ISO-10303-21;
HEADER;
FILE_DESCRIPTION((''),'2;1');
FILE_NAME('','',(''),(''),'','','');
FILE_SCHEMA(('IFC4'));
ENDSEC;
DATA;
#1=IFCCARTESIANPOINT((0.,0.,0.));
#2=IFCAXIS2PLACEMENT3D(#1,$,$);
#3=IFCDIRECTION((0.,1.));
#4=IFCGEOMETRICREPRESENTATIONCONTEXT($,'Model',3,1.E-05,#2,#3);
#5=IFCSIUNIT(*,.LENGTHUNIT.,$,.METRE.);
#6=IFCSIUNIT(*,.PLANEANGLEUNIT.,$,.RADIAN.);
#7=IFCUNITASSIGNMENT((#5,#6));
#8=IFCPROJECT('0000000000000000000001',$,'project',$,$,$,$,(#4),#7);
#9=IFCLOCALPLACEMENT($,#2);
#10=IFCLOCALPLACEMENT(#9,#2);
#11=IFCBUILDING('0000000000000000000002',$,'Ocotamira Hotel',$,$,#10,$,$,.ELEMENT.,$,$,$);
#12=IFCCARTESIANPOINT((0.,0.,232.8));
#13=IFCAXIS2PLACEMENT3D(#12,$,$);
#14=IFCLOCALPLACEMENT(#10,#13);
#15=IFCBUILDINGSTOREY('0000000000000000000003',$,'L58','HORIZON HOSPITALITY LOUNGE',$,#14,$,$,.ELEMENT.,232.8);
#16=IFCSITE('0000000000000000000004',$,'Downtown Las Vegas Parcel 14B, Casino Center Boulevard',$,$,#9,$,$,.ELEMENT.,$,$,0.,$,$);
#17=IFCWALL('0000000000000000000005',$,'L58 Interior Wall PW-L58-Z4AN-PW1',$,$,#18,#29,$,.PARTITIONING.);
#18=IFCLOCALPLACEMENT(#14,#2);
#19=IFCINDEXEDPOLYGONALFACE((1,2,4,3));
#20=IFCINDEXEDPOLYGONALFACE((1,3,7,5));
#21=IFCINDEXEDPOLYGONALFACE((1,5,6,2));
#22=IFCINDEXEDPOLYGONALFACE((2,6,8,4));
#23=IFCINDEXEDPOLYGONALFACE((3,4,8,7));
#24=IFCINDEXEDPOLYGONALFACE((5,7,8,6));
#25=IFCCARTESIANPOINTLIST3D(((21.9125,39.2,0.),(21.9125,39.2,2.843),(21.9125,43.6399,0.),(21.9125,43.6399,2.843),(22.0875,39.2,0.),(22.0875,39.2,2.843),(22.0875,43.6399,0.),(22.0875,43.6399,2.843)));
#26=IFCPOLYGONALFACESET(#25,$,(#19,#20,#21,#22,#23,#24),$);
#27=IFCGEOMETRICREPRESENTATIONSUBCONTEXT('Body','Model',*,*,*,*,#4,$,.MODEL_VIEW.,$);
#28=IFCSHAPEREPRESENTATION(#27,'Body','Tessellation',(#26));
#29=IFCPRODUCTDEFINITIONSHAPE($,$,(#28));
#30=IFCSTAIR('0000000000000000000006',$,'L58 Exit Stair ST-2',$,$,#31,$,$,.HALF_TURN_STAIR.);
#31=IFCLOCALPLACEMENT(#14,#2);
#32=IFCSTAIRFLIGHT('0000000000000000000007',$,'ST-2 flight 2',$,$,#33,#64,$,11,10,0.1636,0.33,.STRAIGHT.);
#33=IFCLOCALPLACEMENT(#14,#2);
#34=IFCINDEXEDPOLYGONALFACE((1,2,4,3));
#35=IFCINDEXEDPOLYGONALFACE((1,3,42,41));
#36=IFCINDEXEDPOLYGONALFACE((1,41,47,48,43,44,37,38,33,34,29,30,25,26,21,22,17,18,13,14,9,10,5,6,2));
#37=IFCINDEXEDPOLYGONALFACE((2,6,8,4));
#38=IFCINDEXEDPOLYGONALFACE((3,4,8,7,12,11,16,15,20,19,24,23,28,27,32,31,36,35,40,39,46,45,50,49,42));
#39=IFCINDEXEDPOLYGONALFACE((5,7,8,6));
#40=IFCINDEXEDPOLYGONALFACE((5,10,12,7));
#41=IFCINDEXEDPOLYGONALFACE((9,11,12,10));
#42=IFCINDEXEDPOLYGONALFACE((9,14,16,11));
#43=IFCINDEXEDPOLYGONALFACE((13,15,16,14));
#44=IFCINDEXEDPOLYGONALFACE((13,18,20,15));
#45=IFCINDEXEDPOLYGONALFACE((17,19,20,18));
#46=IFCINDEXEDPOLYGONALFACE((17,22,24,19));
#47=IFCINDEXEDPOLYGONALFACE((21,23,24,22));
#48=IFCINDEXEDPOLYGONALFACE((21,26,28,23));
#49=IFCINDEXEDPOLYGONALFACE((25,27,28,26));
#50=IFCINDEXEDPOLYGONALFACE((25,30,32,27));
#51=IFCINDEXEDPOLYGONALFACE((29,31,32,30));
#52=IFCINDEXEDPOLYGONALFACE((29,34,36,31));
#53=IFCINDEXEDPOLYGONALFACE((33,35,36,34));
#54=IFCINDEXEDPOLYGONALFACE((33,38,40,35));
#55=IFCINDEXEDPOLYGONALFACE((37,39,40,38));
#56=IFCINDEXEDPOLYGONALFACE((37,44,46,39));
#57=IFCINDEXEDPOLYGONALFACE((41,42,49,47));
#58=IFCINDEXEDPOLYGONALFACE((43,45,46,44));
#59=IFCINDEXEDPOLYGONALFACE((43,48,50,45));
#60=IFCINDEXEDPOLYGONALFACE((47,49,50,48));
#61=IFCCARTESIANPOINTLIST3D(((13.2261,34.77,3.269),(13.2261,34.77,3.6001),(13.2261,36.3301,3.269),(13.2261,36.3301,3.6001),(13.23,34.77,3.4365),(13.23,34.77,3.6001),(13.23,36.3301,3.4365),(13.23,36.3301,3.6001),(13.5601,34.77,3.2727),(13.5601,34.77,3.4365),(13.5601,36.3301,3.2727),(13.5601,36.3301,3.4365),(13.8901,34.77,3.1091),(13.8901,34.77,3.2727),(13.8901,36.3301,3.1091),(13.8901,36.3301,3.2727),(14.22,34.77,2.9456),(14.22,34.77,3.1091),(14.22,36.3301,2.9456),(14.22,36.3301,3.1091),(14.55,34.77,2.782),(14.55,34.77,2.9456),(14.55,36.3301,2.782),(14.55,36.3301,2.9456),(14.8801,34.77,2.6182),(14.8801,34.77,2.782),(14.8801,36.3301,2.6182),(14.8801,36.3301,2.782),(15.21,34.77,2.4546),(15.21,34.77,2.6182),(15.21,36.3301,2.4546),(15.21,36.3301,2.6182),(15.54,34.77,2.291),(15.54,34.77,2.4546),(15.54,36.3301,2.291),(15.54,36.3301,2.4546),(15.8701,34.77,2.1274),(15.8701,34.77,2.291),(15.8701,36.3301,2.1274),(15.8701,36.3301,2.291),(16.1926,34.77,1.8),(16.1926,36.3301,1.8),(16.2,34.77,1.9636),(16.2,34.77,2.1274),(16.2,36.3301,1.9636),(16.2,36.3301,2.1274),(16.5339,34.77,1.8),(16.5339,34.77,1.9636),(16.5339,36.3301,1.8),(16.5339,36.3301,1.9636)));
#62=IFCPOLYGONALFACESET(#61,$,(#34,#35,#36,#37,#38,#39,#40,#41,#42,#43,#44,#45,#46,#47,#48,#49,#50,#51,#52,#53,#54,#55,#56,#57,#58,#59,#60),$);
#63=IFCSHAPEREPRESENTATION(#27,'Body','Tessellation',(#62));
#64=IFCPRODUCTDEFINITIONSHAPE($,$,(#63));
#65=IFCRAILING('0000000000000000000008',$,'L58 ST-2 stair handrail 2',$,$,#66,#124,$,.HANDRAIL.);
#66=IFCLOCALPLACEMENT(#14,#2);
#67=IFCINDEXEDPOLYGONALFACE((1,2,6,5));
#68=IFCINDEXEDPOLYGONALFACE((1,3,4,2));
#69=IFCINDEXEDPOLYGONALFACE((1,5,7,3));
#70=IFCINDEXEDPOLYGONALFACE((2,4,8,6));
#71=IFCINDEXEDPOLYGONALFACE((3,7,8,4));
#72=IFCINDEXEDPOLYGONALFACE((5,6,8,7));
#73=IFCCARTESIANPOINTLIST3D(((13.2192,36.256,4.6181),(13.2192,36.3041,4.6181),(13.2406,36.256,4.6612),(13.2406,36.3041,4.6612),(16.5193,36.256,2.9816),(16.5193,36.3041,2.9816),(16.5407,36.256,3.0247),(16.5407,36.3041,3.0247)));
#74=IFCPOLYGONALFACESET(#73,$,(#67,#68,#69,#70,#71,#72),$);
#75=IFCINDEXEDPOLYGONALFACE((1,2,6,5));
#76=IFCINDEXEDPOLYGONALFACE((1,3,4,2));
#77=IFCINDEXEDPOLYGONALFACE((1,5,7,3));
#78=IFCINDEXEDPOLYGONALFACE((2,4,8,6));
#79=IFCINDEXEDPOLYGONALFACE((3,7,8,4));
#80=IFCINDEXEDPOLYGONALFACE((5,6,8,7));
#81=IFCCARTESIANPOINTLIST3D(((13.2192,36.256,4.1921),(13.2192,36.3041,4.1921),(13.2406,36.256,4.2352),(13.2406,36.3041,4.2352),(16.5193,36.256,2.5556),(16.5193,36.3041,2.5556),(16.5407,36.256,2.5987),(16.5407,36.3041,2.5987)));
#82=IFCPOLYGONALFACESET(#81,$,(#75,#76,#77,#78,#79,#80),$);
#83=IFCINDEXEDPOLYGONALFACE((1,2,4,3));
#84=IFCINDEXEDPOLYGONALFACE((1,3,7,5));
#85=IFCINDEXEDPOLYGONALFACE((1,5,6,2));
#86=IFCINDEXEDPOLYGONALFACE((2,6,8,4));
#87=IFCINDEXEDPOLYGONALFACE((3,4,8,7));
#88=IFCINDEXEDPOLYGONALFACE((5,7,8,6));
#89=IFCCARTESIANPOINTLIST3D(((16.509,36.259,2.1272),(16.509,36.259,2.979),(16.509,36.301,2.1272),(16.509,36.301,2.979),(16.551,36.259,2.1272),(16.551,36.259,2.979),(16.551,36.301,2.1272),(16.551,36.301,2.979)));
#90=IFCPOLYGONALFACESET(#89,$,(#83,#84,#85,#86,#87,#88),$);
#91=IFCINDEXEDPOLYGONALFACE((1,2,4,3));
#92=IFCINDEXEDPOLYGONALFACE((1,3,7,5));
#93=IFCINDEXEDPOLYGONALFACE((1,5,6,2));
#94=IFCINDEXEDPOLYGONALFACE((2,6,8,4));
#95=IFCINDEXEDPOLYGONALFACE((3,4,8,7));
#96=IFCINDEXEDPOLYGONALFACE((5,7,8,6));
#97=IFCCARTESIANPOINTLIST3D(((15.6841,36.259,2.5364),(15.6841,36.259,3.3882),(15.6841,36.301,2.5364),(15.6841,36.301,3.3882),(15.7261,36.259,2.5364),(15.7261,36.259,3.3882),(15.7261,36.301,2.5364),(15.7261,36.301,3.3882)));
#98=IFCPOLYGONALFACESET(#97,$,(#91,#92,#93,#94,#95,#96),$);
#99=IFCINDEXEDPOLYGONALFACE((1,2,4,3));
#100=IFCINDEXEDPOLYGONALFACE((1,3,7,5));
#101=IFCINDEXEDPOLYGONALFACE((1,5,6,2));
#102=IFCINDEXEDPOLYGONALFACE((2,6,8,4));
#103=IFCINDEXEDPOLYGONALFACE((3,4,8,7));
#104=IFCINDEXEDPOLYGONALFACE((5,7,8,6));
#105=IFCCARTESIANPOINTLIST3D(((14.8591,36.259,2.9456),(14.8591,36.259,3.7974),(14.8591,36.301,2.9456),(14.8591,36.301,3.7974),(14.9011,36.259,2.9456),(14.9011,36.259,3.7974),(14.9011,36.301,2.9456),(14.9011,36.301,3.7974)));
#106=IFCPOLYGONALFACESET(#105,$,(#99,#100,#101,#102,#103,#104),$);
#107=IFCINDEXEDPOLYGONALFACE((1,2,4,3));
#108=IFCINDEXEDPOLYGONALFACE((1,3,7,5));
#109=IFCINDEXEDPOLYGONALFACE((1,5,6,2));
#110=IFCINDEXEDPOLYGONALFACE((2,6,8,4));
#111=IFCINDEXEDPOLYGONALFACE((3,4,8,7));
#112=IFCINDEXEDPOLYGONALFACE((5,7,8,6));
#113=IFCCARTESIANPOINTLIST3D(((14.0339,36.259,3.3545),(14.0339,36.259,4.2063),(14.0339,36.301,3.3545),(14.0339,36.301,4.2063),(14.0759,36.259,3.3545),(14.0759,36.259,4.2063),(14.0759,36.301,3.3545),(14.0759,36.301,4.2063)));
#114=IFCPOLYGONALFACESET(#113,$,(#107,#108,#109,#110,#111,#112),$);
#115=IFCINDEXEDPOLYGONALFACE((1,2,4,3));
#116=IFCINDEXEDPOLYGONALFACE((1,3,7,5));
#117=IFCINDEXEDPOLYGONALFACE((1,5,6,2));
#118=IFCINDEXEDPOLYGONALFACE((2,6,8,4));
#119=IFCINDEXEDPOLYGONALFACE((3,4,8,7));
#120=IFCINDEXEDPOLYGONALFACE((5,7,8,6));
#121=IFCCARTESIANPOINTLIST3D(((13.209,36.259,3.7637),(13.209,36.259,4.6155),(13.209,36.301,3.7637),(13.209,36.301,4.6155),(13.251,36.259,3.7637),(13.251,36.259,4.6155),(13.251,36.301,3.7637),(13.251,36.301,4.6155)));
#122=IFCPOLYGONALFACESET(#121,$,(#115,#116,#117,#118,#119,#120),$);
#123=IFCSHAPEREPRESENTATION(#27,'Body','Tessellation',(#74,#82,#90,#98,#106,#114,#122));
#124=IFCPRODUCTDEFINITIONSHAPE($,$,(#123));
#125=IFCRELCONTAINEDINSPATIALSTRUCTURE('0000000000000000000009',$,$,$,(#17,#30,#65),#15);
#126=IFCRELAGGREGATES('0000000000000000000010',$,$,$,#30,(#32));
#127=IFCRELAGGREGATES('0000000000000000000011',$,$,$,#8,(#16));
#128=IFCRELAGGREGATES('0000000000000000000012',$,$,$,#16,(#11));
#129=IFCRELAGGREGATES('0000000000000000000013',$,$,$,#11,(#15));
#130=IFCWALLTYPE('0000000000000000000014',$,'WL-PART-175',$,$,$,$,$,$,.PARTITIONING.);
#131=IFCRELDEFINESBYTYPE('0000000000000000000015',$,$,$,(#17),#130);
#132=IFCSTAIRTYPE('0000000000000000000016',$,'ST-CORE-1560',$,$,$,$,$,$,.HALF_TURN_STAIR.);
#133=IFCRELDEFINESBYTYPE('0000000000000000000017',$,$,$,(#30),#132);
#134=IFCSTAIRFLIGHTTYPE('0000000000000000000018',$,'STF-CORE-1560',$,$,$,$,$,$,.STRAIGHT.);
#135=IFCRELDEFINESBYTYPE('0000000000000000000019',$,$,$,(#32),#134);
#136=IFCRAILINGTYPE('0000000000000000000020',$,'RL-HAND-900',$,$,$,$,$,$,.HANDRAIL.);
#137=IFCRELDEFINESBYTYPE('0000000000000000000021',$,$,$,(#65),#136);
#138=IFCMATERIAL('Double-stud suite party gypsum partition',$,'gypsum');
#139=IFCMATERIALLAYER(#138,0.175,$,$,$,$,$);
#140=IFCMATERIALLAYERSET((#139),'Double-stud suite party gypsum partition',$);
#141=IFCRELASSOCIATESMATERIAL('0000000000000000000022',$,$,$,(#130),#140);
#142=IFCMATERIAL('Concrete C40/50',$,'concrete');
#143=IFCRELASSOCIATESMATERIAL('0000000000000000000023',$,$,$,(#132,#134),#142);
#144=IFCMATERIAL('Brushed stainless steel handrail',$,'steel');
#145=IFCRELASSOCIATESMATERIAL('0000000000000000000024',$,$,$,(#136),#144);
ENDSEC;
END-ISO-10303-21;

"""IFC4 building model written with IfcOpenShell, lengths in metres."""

from ifc_helpers import new_model, si_unit, direction, frame, frame_2d, origin, origin_2d, place, context, subcontext, project, spatial, polyline, rectangle, outline, extrude, source, transform, mapped, material, layer, layer_set, type_object, element, aggregate, save


model = new_model("IFC4")

# Units and contexts
model_context = context("Model", 3, precision=1e-05, world=origin(), true_north=direction((0.0, 1.0)))
body_context = subcontext(model_context, "Body", "Model", "MODEL_VIEW")
ifc_project = project(units=[si_unit("LENGTHUNIT", "METRE"), si_unit("PLANEANGLEUNIT", "RADIAN")], contexts=[model_context])

# Site, building, storey
site_placement = place(None, origin())
site = spatial("IfcSite", under=ifc_project, at=site_placement, Name="Downtown Las Vegas Parcel 14B, Casino Center Boulevard", CompositionType="ELEMENT", RefElevation=0.0)
building_placement = place(site_placement, origin())
building = spatial("IfcBuilding", under=site, at=building_placement, Name="Ocotamira Hotel", CompositionType="ELEMENT")
storey_placement = place(building_placement, frame((0.0, 0.0, 232.8)))
storey = spatial("IfcBuildingStorey", under=building, at=storey_placement, Name="L58", Description="HORIZON HOSPITALITY LOUNGE", CompositionType="ELEMENT", Elevation=232.8)

# Wall
ifc_material_1 = material(Name="Double-stud suite party gypsum partition", Category="gypsum")
ifc_layer_1 = layer(ifc_material_1, 0.175)
ifc_layer_set_1 = layer_set([ifc_layer_1], Name="Double-stud suite party gypsum partition")
wall_type_1 = type_object("IfcWallType", Name="WL-PART-175", PredefinedType="PARTITIONING", material=ifc_layer_set_1)
wall_1_placement = place(storey_placement, frame((22.0, 39.2, 0.0), z_axis=(0.0, 0.0, 1.0), x_axis=(0.0, 1.0, 0.0)))
element("IfcWall", 1, at=wall_1_placement, inside=storey, type_object=wall_type_1, Name="L58 Interior Wall PW-L58-Z4AN-PW1", PredefinedType="PARTITIONING", context=body_context, shape_type="SweptSolid", body=[
    extrude(rectangle(XDim=4.4399, YDim=0.175, at=frame_2d((2.22, 0.0))), origin(), (0.0, 0.0, 1.0), 2.843),
])

# Stair, stair flight
ifc_material_2 = material(Name="Concrete C40/50", Category="concrete")
stair_type = type_object("IfcStairType", Name="ST-CORE-1560", PredefinedType="HALF_TURN_STAIR", material=ifc_material_2)
stair_placement = place(storey_placement, origin())
stair = element("IfcStair", 2, at=stair_placement, inside=storey, type_object=stair_type, Name="L58 Exit Stair ST-2", PredefinedType="HALF_TURN_STAIR")
stair_flight_type = type_object("IfcStairFlightType", Name="STF-CORE-1560", PredefinedType="STRAIGHT", material=ifc_material_2)
shared_shape_1 = source(origin(), body_context, "Body", "SweptSolid", [
    extrude(outline(polyline([(-0.0039, 0.0), (-0.0039, 0.1636), (0.3301, 0.1636), (0.3301, 0.3274), (0.6599, 0.3274), (0.6599, 0.491), (0.99, 0.491), (0.99, 0.6545), (1.3201, 0.6545), (1.3201, 0.8181), (1.6499, 0.8181), (1.6499, 0.9819), (1.98, 0.9819), (1.98, 1.1455), (2.3101, 1.1455), (2.3101, 1.3091), (2.6399, 1.3091), (2.6399, 1.4727), (2.97, 1.4727), (2.97, 1.6365), (3.3, 1.6365), (3.3, 1.8), (3.304, 1.8), (3.304, 1.469), (0.3374, 0.0), (-0.0039, 0.0)])), frame((0.0, 0.78, 0.0), z_axis=(0.0, -1.0, 0.0), x_axis=(1.0, 0.0, 0.0)), (0.0, 0.0, 1.0), 1.5601),
])
stair_flight_placement = place(storey_placement, frame((16.53, 35.55, 1.8), z_axis=(0.0, 0.0, 1.0), x_axis=(-1.0, 0.0, 0.0)))
stair_flight = element("IfcStairFlight", 3, at=stair_flight_placement, type_object=stair_flight_type, Name="ST-2 flight 2", NumberOfRisers=11, NumberOfTreads=10, PredefinedType="STRAIGHT", RiserHeight=0.1636, TreadLength=0.33, context=body_context, shape_type="MappedRepresentation", body=[
    mapped(shared_shape_1, transform((0.0, 0.0, 0.0), scale=1.0)),
])
aggregate(stair, [stair_flight])

# Railing
ifc_material_3 = material(Name="Brushed stainless steel handrail", Category="steel")
railing_type = type_object("IfcRailingType", Name="RL-HAND-900", PredefinedType="HANDRAIL", material=ifc_material_3)
railing_placement = place(storey_placement, frame((16.53, 36.28, 2.1272)))
element("IfcRailing", 4, at=railing_placement, inside=storey, type_object=railing_type, Name="L58 ST-2 stair handrail 2", PredefinedType="HANDRAIL", context=body_context, shape_type="SweptSolid", body=[
    extrude(rectangle(XDim=0.0481, YDim=0.0481, at=origin_2d()), frame((0.0, 0.0, 0.876), z_axis=(-0.895894, 0.0, 0.444268), x_axis=(0.0, -1.0, 0.0)), (0.0, 0.0, 1.0), 3.6836),
    extrude(rectangle(XDim=0.0481, YDim=0.0481, at=origin_2d()), frame((0.0, 0.0, 0.45), z_axis=(-0.895894, 0.0, 0.444268), x_axis=(0.0, -1.0, 0.0)), (0.0, 0.0, 1.0), 3.6836),
    extrude(rectangle(XDim=0.042, YDim=0.042, at=origin_2d()), origin(), (0.0, 0.0, 1.0), 0.8518),
    extrude(rectangle(XDim=0.042, YDim=0.042, at=origin_2d()), frame((-0.825, 0.0, 0.4092)), (0.0, 0.0, 1.0), 0.8518),
    extrude(rectangle(XDim=0.042, YDim=0.042, at=origin_2d()), frame((-1.6499, 0.0, 0.8184)), (0.0, 0.0, 1.0), 0.8518),
    extrude(rectangle(XDim=0.042, YDim=0.042, at=origin_2d()), frame((-2.4751, 0.0, 1.2273)), (0.0, 0.0, 1.0), 0.8518),
    extrude(rectangle(XDim=0.042, YDim=0.042, at=origin_2d()), frame((-3.3, 0.0, 1.6365)), (0.0, 0.0, 1.0), 0.8518),
])

save(model, "model.ifc")
